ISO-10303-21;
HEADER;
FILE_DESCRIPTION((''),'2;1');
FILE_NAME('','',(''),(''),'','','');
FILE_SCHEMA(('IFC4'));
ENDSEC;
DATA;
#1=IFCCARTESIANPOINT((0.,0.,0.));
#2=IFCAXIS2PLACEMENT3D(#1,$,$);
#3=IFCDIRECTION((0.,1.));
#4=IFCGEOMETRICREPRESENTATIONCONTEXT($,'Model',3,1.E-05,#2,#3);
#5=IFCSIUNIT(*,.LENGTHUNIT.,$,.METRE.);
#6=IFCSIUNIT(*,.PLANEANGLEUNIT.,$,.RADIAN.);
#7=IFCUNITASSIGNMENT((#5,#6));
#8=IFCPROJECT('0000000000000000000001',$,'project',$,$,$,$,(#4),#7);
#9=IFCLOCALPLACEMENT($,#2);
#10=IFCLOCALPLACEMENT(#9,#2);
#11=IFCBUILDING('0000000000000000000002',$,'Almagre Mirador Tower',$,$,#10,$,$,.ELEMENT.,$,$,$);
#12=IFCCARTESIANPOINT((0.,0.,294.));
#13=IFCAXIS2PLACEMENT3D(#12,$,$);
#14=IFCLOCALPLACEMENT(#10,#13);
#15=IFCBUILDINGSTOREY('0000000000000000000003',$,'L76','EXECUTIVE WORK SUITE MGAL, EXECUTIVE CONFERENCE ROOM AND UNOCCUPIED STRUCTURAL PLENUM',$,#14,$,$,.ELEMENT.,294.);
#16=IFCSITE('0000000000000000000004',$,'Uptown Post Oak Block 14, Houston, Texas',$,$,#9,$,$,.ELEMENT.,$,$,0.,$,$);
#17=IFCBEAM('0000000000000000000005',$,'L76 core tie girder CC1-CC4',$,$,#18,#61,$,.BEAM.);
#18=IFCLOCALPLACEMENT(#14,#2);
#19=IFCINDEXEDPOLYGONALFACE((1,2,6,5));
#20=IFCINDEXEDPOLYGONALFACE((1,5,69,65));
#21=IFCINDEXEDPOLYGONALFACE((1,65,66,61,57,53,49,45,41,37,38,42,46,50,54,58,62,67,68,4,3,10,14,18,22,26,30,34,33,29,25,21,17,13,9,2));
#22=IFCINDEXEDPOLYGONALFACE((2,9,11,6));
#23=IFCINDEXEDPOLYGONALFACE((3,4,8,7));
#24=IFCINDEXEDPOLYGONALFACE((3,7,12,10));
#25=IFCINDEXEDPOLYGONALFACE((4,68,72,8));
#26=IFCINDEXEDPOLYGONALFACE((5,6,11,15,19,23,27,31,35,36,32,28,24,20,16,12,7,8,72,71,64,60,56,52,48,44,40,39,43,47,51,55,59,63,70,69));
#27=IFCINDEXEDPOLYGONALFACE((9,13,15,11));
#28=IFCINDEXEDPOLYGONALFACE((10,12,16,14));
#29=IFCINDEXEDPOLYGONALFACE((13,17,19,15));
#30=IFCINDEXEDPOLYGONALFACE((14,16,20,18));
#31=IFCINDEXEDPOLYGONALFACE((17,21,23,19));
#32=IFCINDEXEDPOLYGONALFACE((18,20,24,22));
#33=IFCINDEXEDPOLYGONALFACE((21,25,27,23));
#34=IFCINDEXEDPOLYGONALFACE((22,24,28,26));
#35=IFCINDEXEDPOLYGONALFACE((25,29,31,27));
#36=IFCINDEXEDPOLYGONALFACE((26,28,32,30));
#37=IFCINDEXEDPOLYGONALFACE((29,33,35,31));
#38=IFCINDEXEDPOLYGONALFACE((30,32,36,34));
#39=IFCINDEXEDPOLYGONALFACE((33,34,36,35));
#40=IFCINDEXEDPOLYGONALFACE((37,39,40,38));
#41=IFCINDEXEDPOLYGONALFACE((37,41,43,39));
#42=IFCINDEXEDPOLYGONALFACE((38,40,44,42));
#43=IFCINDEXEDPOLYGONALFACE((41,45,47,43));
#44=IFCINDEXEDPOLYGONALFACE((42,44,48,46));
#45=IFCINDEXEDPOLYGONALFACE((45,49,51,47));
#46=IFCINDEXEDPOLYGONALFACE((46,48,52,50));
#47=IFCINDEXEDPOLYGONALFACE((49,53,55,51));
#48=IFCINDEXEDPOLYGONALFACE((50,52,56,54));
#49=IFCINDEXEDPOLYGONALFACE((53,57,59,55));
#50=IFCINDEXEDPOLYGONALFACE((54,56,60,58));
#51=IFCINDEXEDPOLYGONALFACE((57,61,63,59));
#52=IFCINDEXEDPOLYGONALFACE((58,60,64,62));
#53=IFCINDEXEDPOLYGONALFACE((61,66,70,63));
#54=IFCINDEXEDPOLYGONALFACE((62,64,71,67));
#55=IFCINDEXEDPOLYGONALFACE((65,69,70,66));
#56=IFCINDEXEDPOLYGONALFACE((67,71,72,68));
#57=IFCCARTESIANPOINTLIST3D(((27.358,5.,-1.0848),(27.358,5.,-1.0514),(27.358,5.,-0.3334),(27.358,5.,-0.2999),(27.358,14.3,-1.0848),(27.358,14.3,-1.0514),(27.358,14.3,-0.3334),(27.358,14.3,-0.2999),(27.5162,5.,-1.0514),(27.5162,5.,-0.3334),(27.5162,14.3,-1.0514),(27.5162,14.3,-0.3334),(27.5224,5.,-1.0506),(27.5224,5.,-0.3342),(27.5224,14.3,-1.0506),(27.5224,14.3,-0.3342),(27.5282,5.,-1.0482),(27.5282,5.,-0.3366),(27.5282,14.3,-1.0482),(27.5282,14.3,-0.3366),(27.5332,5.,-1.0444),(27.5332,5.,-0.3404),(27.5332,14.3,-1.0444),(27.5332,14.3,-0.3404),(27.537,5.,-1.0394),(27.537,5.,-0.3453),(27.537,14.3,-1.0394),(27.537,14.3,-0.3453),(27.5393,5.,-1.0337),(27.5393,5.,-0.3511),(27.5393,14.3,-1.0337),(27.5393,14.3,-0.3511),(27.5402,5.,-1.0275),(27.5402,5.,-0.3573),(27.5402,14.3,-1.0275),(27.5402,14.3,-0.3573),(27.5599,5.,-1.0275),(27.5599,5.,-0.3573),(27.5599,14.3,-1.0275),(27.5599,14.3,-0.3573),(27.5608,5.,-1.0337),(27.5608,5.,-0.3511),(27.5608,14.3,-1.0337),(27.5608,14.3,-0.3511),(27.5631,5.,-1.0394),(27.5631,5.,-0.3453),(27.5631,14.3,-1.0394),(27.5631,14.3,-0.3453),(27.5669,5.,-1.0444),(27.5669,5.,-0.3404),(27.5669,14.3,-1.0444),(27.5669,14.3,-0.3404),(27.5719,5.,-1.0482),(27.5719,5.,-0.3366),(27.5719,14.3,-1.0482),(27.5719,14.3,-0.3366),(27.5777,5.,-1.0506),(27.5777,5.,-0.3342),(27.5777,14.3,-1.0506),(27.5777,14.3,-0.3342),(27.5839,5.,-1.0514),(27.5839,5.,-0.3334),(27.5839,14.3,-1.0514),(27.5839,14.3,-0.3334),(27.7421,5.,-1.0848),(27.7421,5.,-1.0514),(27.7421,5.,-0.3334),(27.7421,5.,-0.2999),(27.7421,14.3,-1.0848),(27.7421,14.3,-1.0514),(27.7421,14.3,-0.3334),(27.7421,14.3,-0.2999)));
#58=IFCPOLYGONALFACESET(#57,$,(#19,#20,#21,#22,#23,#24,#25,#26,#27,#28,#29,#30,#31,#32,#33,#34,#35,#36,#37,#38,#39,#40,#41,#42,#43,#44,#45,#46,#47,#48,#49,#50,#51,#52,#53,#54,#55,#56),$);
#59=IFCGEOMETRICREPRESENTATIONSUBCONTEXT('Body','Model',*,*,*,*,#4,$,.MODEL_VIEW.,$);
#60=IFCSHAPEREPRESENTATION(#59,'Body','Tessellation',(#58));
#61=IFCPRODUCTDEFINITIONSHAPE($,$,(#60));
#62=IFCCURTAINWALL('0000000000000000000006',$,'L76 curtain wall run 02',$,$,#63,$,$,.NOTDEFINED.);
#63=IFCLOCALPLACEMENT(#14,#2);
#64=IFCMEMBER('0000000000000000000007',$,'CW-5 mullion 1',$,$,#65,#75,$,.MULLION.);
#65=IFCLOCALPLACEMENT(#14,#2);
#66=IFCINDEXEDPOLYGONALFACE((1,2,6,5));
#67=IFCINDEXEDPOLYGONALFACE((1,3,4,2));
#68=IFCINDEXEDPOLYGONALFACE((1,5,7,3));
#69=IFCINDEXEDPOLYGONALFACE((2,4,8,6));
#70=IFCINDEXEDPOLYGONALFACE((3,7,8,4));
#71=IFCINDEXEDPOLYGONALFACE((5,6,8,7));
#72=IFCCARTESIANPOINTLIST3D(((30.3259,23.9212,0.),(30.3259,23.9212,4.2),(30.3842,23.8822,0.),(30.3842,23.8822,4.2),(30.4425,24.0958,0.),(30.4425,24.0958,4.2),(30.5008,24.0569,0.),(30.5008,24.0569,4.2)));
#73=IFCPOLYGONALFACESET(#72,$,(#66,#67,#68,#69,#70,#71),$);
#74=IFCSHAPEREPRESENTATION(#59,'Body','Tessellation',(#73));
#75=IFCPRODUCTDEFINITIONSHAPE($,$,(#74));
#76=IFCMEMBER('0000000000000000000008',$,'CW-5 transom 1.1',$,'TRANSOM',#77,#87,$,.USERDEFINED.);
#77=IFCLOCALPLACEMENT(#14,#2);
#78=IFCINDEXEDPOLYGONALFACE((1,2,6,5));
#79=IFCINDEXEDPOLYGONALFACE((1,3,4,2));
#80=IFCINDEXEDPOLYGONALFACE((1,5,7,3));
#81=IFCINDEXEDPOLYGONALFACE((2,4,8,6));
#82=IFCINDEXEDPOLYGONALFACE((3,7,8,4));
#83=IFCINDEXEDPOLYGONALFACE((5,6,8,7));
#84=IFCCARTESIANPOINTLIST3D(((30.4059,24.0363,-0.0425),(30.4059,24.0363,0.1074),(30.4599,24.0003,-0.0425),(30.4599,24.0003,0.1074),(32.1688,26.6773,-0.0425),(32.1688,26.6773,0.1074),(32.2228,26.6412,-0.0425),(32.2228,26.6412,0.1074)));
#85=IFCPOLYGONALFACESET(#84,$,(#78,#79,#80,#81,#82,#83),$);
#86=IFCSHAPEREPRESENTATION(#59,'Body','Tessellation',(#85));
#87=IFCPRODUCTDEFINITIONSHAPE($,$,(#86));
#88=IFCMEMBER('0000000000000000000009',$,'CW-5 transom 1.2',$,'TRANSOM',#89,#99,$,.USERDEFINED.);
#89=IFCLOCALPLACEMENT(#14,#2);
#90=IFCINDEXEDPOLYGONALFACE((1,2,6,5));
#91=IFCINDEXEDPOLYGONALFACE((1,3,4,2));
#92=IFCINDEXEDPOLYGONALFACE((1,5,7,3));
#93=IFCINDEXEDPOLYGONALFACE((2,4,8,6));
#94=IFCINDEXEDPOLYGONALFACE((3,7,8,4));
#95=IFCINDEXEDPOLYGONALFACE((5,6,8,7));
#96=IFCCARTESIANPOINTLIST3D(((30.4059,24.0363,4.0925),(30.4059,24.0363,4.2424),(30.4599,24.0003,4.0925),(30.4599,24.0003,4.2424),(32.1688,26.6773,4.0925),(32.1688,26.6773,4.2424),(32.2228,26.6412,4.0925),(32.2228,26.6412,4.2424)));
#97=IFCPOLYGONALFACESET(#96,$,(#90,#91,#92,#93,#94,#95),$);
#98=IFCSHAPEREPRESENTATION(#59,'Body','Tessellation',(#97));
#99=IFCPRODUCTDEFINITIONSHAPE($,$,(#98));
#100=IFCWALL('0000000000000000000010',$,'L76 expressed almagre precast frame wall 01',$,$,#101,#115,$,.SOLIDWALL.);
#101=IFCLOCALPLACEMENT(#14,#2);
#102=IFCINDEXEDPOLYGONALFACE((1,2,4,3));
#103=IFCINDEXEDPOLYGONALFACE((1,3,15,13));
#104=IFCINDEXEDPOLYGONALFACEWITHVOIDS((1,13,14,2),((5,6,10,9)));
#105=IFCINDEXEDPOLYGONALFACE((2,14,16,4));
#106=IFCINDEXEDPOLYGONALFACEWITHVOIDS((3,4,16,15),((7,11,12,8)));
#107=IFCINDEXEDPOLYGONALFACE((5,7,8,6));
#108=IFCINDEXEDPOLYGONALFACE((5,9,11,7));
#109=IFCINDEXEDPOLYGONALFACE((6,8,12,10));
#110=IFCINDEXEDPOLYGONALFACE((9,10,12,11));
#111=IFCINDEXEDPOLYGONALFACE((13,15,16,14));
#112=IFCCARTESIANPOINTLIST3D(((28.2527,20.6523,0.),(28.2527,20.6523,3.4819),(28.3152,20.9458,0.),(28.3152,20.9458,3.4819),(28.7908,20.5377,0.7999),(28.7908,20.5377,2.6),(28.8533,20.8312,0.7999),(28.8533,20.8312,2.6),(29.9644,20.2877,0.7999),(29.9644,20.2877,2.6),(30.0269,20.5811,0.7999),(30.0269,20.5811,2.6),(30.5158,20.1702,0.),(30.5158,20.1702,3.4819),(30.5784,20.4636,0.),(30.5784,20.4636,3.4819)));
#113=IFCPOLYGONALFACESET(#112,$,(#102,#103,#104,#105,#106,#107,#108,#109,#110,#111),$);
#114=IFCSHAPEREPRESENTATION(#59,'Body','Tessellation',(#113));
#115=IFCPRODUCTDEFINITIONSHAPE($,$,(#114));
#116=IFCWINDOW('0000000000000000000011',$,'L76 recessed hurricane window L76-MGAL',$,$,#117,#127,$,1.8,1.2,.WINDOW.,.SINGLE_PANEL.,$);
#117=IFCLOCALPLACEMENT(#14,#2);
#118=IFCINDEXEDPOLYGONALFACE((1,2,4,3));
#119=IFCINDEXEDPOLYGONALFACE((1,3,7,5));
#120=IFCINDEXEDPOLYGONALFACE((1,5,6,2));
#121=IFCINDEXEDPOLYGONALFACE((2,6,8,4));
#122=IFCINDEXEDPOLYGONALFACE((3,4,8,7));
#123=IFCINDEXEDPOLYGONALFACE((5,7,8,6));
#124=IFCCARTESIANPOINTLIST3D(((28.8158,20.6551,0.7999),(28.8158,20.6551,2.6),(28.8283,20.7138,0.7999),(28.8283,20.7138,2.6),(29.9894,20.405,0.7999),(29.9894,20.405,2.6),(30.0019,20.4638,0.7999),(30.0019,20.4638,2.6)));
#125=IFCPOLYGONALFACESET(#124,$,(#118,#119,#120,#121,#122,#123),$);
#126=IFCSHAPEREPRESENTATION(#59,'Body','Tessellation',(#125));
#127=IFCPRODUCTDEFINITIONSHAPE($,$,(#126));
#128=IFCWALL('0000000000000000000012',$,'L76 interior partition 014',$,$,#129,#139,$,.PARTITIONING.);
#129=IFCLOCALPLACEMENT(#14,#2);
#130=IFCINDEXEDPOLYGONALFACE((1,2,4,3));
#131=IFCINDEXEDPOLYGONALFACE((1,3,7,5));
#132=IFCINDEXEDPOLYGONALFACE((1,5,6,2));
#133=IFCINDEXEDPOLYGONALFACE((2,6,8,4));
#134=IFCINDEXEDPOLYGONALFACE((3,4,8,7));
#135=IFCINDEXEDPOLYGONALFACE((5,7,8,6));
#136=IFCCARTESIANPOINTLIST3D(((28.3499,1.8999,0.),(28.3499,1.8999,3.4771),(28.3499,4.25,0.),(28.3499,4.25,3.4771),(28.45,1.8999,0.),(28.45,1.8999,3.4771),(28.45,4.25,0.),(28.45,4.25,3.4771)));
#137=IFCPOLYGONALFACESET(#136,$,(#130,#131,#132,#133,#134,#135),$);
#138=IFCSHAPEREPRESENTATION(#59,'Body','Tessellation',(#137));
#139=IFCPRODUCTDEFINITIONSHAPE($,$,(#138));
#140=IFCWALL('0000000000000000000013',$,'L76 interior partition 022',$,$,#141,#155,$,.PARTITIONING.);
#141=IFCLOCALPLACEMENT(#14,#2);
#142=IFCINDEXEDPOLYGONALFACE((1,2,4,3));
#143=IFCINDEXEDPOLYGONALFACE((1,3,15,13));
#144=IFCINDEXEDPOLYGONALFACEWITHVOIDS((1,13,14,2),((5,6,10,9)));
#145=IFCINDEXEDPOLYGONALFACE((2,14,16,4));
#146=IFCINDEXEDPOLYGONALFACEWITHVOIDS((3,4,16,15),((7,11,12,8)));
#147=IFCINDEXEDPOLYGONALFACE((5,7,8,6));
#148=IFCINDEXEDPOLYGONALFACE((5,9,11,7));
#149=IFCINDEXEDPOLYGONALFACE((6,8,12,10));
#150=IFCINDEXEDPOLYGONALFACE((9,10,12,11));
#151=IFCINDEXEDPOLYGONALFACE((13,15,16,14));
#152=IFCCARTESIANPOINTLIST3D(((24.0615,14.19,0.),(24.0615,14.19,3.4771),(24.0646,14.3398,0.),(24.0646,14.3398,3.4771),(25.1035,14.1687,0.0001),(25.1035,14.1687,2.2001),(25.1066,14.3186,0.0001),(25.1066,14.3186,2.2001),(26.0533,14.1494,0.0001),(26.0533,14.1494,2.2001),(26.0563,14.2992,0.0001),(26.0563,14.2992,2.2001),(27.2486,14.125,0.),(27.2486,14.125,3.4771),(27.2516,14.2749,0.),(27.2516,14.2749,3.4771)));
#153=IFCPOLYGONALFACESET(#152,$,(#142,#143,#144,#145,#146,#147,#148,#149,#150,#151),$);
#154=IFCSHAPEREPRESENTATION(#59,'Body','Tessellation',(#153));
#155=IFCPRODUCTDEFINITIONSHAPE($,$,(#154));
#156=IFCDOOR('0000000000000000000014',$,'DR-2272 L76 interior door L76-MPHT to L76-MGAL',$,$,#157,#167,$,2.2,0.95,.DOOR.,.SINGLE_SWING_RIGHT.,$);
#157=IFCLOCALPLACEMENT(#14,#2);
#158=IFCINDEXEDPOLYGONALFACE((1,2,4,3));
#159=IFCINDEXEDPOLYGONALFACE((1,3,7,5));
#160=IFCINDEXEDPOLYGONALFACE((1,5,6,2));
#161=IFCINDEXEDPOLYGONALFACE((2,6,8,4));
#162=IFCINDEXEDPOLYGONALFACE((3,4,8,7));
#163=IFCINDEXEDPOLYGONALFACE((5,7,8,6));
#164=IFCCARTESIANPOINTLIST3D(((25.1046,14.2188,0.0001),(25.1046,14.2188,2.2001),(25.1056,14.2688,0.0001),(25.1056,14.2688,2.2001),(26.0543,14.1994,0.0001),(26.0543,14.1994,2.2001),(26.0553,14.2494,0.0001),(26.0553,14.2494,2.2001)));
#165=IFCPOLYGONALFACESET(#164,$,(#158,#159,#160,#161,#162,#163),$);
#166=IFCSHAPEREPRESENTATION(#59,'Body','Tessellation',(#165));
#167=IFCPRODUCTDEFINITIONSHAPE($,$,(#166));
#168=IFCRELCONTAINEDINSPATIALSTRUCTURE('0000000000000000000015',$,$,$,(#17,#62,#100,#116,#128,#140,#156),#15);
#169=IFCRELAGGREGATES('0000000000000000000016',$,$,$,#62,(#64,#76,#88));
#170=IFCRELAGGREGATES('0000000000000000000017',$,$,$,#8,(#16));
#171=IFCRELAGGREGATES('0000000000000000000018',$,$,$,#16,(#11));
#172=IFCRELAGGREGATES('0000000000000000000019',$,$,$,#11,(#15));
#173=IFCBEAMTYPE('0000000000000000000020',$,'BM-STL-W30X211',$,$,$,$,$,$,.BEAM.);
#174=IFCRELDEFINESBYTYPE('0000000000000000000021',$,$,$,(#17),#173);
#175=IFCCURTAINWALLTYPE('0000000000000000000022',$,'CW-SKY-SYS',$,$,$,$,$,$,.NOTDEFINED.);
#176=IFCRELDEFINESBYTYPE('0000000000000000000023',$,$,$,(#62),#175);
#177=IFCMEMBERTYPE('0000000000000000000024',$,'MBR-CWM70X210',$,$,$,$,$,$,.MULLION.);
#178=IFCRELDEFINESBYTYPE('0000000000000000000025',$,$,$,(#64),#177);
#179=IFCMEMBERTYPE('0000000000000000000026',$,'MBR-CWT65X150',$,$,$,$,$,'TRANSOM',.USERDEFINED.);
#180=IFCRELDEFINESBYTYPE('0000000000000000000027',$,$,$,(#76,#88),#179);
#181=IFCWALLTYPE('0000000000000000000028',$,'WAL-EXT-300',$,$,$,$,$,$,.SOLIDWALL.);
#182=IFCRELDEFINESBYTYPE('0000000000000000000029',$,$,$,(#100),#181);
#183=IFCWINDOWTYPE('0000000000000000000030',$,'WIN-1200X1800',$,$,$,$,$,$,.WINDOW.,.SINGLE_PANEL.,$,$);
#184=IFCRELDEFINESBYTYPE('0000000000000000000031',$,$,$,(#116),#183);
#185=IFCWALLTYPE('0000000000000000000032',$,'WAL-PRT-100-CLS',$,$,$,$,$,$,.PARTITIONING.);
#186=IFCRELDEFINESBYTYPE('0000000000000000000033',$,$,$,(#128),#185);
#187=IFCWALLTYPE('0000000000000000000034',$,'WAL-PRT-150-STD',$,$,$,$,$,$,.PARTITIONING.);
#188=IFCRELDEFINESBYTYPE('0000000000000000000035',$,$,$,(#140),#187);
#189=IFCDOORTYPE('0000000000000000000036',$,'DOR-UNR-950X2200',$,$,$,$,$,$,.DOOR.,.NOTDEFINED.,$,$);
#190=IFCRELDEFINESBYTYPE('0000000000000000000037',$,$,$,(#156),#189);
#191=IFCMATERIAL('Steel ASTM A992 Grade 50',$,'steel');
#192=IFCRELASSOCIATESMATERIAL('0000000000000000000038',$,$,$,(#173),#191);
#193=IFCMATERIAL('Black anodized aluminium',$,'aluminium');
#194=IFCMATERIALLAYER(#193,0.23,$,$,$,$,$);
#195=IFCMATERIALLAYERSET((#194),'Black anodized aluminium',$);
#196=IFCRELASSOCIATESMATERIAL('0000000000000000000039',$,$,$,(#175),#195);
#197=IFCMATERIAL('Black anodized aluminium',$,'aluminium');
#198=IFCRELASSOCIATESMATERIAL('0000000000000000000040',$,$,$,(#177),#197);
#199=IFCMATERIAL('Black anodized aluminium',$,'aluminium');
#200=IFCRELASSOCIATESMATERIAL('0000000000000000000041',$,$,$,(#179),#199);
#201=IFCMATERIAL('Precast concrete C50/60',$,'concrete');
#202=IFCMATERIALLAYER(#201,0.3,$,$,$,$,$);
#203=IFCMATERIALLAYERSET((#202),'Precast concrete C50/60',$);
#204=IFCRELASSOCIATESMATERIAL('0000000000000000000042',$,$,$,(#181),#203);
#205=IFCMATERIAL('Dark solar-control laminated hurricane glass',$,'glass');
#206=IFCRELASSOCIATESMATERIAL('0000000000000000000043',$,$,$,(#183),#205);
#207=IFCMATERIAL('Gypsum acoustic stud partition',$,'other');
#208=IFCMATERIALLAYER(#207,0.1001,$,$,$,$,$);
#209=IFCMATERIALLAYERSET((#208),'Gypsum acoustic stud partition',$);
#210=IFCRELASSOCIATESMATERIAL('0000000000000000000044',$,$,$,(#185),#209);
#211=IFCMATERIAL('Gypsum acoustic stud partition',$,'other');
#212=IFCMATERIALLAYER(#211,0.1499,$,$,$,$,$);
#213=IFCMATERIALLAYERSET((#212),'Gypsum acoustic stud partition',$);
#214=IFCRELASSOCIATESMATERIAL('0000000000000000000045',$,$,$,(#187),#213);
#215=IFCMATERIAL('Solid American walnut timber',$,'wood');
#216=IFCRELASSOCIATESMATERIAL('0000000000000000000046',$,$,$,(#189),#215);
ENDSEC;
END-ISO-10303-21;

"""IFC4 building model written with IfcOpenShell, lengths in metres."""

from ifc_helpers import new_model, si_unit, direction, frame, frame_2d, origin, origin_2d, place, context, subcontext, project, spatial, rectangle, i_section, extrude, material, layer, layer_set, material_profile, profile_set, type_object, element, fill, aggregate, save


model = new_model("IFC4")

# Units and contexts
model_context = context("Model", 3, precision=1e-05, world=origin(), true_north=direction((0.0, 1.0)))
body_context = subcontext(model_context, "Body", "Model", "MODEL_VIEW")
ifc_project = project(units=[si_unit("LENGTHUNIT", "METRE"), si_unit("PLANEANGLEUNIT", "RADIAN")], contexts=[model_context])

# Site, building, storey
site_placement = place(None, origin())
site = spatial("IfcSite", under=ifc_project, at=site_placement, Name="Uptown Post Oak Block 14, Houston, Texas", CompositionType="ELEMENT", RefElevation=0.0)
building_placement = place(site_placement, origin())
building = spatial("IfcBuilding", under=site, at=building_placement, Name="Almagre Mirador Tower", CompositionType="ELEMENT")
storey_placement = place(building_placement, frame((0.0, 0.0, 294.0)))
storey = spatial("IfcBuildingStorey", under=building, at=storey_placement, Name="L76", Description="EXECUTIVE WORK SUITE MGAL, EXECUTIVE CONFERENCE ROOM AND UNOCCUPIED STRUCTURAL PLENUM", CompositionType="ELEMENT", Elevation=294.0)

# Beam
ifc_material_1 = material(Name="Steel ASTM A992 Grade 50", Category="steel")
ifc_material_profile_1 = material_profile(ifc_material_1, i_section(OverallWidth=0.384, OverallDepth=0.7849, WebThickness=0.0198, FlangeThickness=0.0334, FilletRadius=0.0239, at=origin_2d()), Name="W30X211")
ifc_profile_set_1 = profile_set([ifc_material_profile_1], Name="Steel ASTM A992 Grade 50")
beam_type_1 = type_object("IfcBeamType", Name="BM-STL-W30X211", PredefinedType="BEAM", material=ifc_profile_set_1)
beam_1_placement = place(storey_placement, frame((27.55, 5.0, -0.6924), z_axis=(0.0, 1.0, 0.0), x_axis=(-1.0, 0.0, 0.0)))
element("IfcBeam", 1, at=beam_1_placement, inside=storey, type_object=beam_type_1, Name="L76 core tie girder CC1-CC4", PredefinedType="BEAM", context=body_context, shape_type="SweptSolid", body=[
    extrude(i_section(OverallWidth=0.384, OverallDepth=0.7849, WebThickness=0.0198, FlangeThickness=0.0334, FilletRadius=0.0239, at=origin_2d()), origin(), (0.0, 0.0, 1.0), 9.3),
])

# Curtain wall, members
ifc_material_2 = material(Name="Black anodized aluminium", Category="aluminium")
ifc_layer_1 = layer(ifc_material_2, 0.23)
ifc_layer_set_1 = layer_set([ifc_layer_1], Name="Black anodized aluminium")
curtain_wall_type = type_object("IfcCurtainWallType", Name="CW-SKY-SYS", PredefinedType="NOTDEFINED", material=ifc_layer_set_1)
curtain_wall_placement = place(storey_placement, origin())
curtain_wall = element("IfcCurtainWall", 2, at=curtain_wall_placement, inside=storey, type_object=curtain_wall_type, Name="L76 curtain wall run 02", PredefinedType="NOTDEFINED")
ifc_material_3 = material(Name="Black anodized aluminium", Category="aluminium")
ifc_material_profile_2 = material_profile(ifc_material_3, rectangle(XDim=0.0701, YDim=0.21, at=origin_2d()), Name="CWM70X210")
ifc_profile_set_2 = profile_set([ifc_material_profile_2], Name="Black anodized aluminium")
member_type_1 = type_object("IfcMemberType", Name="MBR-CWM70X210", PredefinedType="MULLION", material=ifc_profile_set_2)
member_1_placement = place(storey_placement, frame((30.4133, 23.989, 0.0), z_axis=(0.0, 0.0, 1.0), x_axis=(-0.83171, 0.55521, 0.0)))
member_1 = element("IfcMember", 3, at=member_1_placement, type_object=member_type_1, Name="CW-5 mullion 1", PredefinedType="MULLION", context=body_context, shape_type="SweptSolid", body=[
    extrude(rectangle(XDim=0.0701, YDim=0.21, at=origin_2d()), origin(), (0.0, 0.0, 1.0), 4.2),
])
ifc_material_4 = material(Name="Black anodized aluminium", Category="aluminium")
ifc_material_profile_3 = material_profile(ifc_material_4, rectangle(XDim=0.0649, YDim=0.1499, at=origin_2d()), Name="CWT65X150")
ifc_profile_set_3 = profile_set([ifc_material_profile_3], Name="Black anodized aluminium")
member_type_2 = type_object("IfcMemberType", Name="MBR-CWT65X150", ElementType="TRANSOM", PredefinedType="USERDEFINED", material=ifc_profile_set_3)
member_2_placement = place(storey_placement, frame((30.4329, 24.0183, 0.0325), z_axis=(0.555215, 0.831707, 0.0), x_axis=(-0.831707, 0.555215, 0.0)))
member_2 = element("IfcMember", 4, at=member_2_placement, type_object=member_type_2, Name="CW-5 transom 1.1", ObjectType="TRANSOM", PredefinedType="USERDEFINED", context=body_context, shape_type="SweptSolid", body=[
    extrude(rectangle(XDim=0.0649, YDim=0.1499, at=origin_2d()), origin(), (0.0, 0.0, 1.0), 3.1753),
])
member_3_placement = place(storey_placement, frame((30.4329, 24.0183, 4.1675), z_axis=(0.555215, 0.831707, 0.0), x_axis=(-0.831707, 0.555215, 0.0)))
member_3 = element("IfcMember", 5, at=member_3_placement, type_object=member_type_2, Name="CW-5 transom 1.2", ObjectType="TRANSOM", PredefinedType="USERDEFINED", context=body_context, shape_type="SweptSolid", body=[
    extrude(rectangle(XDim=0.0649, YDim=0.1499, at=origin_2d()), origin(), (0.0, 0.0, 1.0), 3.1753),
])
aggregate(curtain_wall, [member_1, member_2, member_3])

# Wall, opening, window
ifc_material_5 = material(Name="Precast concrete C50/60", Category="concrete")
ifc_layer_2 = layer(ifc_material_5, 0.3)
ifc_layer_set_2 = layer_set([ifc_layer_2], Name="Precast concrete C50/60")
wall_type_1 = type_object("IfcWallType", Name="WAL-EXT-300", PredefinedType="SOLIDWALL", material=ifc_layer_set_2)
wall_1_placement = place(storey_placement, frame((28.2839, 20.7991, 0.0), z_axis=(0.0, 0.0, 1.0), x_axis=(0.978049, -0.208376, 0.0)))
wall_1 = element("IfcWall", 6, at=wall_1_placement, inside=storey, type_object=wall_type_1, Name="L76 expressed almagre precast frame wall 01", PredefinedType="SOLIDWALL", context=body_context, shape_type="SweptSolid", body=[
    extrude(rectangle(XDim=2.314, YDim=0.3, at=frame_2d((1.157, 0.0))), origin(), (0.0, 0.0, 1.0), 3.4819),
])
opening_1_placement = place(wall_1_placement, frame((0.55, 0.0, 0.8)))
opening_1 = element("IfcOpeningElement", 7, at=opening_1_placement, cuts=wall_1, PredefinedType="OPENING", context=body_context, shape_type="SweptSolid", body=[
    extrude(rectangle(XDim=1.2, YDim=1.8, at=frame_2d((0.6001, 0.8999))), frame((0.0, 0.1599, 0.0), z_axis=(0.0, -1.0, 0.0), x_axis=(1.0, 0.0, 0.0)), (0.0, 0.0, 1.0), 0.32),
])
ifc_material_6 = material(Name="Dark solar-control laminated hurricane glass", Category="glass")
window_type = type_object("IfcWindowType", Name="WIN-1200X1800", PartitioningType="SINGLE_PANEL", PredefinedType="WINDOW", material=ifc_material_6)
window_placement = place(opening_1_placement, origin())
window = element("IfcWindow", 8, at=window_placement, inside=storey, type_object=window_type, Name="L76 recessed hurricane window L76-MGAL", OverallHeight=1.8, OverallWidth=1.2, PartitioningType="SINGLE_PANEL", PredefinedType="WINDOW", context=body_context, shape_type="SweptSolid", body=[
    extrude(rectangle(XDim=1.2, YDim=1.8, at=frame_2d((0.6001, 0.8999))), frame((0.0, 0.03, 0.0), z_axis=(0.0, -1.0, 0.0), x_axis=(1.0, 0.0, 0.0)), (0.0, 0.0, 1.0), 0.0601),
])
fill(opening_1, window)

# Wall
ifc_material_7 = material(Name="Gypsum acoustic stud partition", Category="other")
ifc_layer_3 = layer(ifc_material_7, 0.1001)
ifc_layer_set_3 = layer_set([ifc_layer_3], Name="Gypsum acoustic stud partition")
wall_type_2 = type_object("IfcWallType", Name="WAL-PRT-100-CLS", PredefinedType="PARTITIONING", material=ifc_layer_set_3)
wall_2_placement = place(storey_placement, frame((28.3999, 4.25, 0.0), z_axis=(0.0, 0.0, 1.0), x_axis=(0.0, -1.0, 0.0)))
element("IfcWall", 9, at=wall_2_placement, inside=storey, type_object=wall_type_2, Name="L76 interior partition 014", PredefinedType="PARTITIONING", context=body_context, shape_type="SweptSolid", body=[
    extrude(rectangle(XDim=2.3501, YDim=0.1001, at=frame_2d((1.175, 0.0))), origin(), (0.0, 0.0, 1.0), 3.4771),
])

# Wall, opening, door
ifc_material_8 = material(Name="Gypsum acoustic stud partition", Category="other")
ifc_layer_4 = layer(ifc_material_8, 0.1499)
ifc_layer_set_4 = layer_set([ifc_layer_4], Name="Gypsum acoustic stud partition")
wall_type_3 = type_object("IfcWallType", Name="WAL-PRT-150-STD", PredefinedType="PARTITIONING", material=ifc_layer_set_4)
wall_3_placement = place(storey_placement, frame((27.25, 14.2, 0.0), z_axis=(0.0, 0.0, 1.0), x_axis=(-0.999792, 0.020373, 0.0)))
wall_3 = element("IfcWall", 10, at=wall_3_placement, inside=storey, type_object=wall_type_3, Name="L76 interior partition 022", PredefinedType="PARTITIONING", context=body_context, shape_type="SweptSolid", body=[
    extrude(rectangle(XDim=3.1877, YDim=0.1499, at=frame_2d((1.5938, 0.0))), origin(), (0.0, 0.0, 1.0), 3.4771),
])
opening_2_placement = place(wall_3_placement, frame((1.1953, 0.0, 0.0)))
opening_2 = element("IfcOpeningElement", 11, at=opening_2_placement, cuts=wall_3, PredefinedType="OPENING", context=body_context, shape_type="SweptSolid", body=[
    extrude(rectangle(XDim=0.95, YDim=2.2, at=frame_2d((0.4751, 1.1001))), frame((0.0, 0.085, 0.0), z_axis=(0.0, -1.0, 0.0), x_axis=(1.0, 0.0, 0.0)), (0.0, 0.0, 1.0), 0.1699),
])
ifc_material_9 = material(Name="Solid American walnut timber", Category="wood")
door_type_1 = type_object("IfcDoorType", Name="DOR-UNR-950X2200", OperationType="NOTDEFINED", PredefinedType="DOOR", material=ifc_material_9)
door_1_placement = place(opening_2_placement, origin())
door_1 = element("IfcDoor", 12, at=door_1_placement, inside=storey, type_object=door_type_1, Name="DR-2272 L76 interior door L76-MPHT to L76-MGAL", OperationType="SINGLE_SWING_RIGHT", OverallHeight=2.2, OverallWidth=0.95, PredefinedType="DOOR", context=body_context, shape_type="SweptSolid", body=[
    extrude(rectangle(XDim=0.95, YDim=2.2, at=frame_2d((0.4751, 1.1001))), frame((0.0, 0.0249, 0.0), z_axis=(0.0, -1.0, 0.0), x_axis=(1.0, 0.0, 0.0)), (0.0, 0.0, 1.0), 0.05),
])
fill(opening_2, door_1)

save(model, "model.ifc")
